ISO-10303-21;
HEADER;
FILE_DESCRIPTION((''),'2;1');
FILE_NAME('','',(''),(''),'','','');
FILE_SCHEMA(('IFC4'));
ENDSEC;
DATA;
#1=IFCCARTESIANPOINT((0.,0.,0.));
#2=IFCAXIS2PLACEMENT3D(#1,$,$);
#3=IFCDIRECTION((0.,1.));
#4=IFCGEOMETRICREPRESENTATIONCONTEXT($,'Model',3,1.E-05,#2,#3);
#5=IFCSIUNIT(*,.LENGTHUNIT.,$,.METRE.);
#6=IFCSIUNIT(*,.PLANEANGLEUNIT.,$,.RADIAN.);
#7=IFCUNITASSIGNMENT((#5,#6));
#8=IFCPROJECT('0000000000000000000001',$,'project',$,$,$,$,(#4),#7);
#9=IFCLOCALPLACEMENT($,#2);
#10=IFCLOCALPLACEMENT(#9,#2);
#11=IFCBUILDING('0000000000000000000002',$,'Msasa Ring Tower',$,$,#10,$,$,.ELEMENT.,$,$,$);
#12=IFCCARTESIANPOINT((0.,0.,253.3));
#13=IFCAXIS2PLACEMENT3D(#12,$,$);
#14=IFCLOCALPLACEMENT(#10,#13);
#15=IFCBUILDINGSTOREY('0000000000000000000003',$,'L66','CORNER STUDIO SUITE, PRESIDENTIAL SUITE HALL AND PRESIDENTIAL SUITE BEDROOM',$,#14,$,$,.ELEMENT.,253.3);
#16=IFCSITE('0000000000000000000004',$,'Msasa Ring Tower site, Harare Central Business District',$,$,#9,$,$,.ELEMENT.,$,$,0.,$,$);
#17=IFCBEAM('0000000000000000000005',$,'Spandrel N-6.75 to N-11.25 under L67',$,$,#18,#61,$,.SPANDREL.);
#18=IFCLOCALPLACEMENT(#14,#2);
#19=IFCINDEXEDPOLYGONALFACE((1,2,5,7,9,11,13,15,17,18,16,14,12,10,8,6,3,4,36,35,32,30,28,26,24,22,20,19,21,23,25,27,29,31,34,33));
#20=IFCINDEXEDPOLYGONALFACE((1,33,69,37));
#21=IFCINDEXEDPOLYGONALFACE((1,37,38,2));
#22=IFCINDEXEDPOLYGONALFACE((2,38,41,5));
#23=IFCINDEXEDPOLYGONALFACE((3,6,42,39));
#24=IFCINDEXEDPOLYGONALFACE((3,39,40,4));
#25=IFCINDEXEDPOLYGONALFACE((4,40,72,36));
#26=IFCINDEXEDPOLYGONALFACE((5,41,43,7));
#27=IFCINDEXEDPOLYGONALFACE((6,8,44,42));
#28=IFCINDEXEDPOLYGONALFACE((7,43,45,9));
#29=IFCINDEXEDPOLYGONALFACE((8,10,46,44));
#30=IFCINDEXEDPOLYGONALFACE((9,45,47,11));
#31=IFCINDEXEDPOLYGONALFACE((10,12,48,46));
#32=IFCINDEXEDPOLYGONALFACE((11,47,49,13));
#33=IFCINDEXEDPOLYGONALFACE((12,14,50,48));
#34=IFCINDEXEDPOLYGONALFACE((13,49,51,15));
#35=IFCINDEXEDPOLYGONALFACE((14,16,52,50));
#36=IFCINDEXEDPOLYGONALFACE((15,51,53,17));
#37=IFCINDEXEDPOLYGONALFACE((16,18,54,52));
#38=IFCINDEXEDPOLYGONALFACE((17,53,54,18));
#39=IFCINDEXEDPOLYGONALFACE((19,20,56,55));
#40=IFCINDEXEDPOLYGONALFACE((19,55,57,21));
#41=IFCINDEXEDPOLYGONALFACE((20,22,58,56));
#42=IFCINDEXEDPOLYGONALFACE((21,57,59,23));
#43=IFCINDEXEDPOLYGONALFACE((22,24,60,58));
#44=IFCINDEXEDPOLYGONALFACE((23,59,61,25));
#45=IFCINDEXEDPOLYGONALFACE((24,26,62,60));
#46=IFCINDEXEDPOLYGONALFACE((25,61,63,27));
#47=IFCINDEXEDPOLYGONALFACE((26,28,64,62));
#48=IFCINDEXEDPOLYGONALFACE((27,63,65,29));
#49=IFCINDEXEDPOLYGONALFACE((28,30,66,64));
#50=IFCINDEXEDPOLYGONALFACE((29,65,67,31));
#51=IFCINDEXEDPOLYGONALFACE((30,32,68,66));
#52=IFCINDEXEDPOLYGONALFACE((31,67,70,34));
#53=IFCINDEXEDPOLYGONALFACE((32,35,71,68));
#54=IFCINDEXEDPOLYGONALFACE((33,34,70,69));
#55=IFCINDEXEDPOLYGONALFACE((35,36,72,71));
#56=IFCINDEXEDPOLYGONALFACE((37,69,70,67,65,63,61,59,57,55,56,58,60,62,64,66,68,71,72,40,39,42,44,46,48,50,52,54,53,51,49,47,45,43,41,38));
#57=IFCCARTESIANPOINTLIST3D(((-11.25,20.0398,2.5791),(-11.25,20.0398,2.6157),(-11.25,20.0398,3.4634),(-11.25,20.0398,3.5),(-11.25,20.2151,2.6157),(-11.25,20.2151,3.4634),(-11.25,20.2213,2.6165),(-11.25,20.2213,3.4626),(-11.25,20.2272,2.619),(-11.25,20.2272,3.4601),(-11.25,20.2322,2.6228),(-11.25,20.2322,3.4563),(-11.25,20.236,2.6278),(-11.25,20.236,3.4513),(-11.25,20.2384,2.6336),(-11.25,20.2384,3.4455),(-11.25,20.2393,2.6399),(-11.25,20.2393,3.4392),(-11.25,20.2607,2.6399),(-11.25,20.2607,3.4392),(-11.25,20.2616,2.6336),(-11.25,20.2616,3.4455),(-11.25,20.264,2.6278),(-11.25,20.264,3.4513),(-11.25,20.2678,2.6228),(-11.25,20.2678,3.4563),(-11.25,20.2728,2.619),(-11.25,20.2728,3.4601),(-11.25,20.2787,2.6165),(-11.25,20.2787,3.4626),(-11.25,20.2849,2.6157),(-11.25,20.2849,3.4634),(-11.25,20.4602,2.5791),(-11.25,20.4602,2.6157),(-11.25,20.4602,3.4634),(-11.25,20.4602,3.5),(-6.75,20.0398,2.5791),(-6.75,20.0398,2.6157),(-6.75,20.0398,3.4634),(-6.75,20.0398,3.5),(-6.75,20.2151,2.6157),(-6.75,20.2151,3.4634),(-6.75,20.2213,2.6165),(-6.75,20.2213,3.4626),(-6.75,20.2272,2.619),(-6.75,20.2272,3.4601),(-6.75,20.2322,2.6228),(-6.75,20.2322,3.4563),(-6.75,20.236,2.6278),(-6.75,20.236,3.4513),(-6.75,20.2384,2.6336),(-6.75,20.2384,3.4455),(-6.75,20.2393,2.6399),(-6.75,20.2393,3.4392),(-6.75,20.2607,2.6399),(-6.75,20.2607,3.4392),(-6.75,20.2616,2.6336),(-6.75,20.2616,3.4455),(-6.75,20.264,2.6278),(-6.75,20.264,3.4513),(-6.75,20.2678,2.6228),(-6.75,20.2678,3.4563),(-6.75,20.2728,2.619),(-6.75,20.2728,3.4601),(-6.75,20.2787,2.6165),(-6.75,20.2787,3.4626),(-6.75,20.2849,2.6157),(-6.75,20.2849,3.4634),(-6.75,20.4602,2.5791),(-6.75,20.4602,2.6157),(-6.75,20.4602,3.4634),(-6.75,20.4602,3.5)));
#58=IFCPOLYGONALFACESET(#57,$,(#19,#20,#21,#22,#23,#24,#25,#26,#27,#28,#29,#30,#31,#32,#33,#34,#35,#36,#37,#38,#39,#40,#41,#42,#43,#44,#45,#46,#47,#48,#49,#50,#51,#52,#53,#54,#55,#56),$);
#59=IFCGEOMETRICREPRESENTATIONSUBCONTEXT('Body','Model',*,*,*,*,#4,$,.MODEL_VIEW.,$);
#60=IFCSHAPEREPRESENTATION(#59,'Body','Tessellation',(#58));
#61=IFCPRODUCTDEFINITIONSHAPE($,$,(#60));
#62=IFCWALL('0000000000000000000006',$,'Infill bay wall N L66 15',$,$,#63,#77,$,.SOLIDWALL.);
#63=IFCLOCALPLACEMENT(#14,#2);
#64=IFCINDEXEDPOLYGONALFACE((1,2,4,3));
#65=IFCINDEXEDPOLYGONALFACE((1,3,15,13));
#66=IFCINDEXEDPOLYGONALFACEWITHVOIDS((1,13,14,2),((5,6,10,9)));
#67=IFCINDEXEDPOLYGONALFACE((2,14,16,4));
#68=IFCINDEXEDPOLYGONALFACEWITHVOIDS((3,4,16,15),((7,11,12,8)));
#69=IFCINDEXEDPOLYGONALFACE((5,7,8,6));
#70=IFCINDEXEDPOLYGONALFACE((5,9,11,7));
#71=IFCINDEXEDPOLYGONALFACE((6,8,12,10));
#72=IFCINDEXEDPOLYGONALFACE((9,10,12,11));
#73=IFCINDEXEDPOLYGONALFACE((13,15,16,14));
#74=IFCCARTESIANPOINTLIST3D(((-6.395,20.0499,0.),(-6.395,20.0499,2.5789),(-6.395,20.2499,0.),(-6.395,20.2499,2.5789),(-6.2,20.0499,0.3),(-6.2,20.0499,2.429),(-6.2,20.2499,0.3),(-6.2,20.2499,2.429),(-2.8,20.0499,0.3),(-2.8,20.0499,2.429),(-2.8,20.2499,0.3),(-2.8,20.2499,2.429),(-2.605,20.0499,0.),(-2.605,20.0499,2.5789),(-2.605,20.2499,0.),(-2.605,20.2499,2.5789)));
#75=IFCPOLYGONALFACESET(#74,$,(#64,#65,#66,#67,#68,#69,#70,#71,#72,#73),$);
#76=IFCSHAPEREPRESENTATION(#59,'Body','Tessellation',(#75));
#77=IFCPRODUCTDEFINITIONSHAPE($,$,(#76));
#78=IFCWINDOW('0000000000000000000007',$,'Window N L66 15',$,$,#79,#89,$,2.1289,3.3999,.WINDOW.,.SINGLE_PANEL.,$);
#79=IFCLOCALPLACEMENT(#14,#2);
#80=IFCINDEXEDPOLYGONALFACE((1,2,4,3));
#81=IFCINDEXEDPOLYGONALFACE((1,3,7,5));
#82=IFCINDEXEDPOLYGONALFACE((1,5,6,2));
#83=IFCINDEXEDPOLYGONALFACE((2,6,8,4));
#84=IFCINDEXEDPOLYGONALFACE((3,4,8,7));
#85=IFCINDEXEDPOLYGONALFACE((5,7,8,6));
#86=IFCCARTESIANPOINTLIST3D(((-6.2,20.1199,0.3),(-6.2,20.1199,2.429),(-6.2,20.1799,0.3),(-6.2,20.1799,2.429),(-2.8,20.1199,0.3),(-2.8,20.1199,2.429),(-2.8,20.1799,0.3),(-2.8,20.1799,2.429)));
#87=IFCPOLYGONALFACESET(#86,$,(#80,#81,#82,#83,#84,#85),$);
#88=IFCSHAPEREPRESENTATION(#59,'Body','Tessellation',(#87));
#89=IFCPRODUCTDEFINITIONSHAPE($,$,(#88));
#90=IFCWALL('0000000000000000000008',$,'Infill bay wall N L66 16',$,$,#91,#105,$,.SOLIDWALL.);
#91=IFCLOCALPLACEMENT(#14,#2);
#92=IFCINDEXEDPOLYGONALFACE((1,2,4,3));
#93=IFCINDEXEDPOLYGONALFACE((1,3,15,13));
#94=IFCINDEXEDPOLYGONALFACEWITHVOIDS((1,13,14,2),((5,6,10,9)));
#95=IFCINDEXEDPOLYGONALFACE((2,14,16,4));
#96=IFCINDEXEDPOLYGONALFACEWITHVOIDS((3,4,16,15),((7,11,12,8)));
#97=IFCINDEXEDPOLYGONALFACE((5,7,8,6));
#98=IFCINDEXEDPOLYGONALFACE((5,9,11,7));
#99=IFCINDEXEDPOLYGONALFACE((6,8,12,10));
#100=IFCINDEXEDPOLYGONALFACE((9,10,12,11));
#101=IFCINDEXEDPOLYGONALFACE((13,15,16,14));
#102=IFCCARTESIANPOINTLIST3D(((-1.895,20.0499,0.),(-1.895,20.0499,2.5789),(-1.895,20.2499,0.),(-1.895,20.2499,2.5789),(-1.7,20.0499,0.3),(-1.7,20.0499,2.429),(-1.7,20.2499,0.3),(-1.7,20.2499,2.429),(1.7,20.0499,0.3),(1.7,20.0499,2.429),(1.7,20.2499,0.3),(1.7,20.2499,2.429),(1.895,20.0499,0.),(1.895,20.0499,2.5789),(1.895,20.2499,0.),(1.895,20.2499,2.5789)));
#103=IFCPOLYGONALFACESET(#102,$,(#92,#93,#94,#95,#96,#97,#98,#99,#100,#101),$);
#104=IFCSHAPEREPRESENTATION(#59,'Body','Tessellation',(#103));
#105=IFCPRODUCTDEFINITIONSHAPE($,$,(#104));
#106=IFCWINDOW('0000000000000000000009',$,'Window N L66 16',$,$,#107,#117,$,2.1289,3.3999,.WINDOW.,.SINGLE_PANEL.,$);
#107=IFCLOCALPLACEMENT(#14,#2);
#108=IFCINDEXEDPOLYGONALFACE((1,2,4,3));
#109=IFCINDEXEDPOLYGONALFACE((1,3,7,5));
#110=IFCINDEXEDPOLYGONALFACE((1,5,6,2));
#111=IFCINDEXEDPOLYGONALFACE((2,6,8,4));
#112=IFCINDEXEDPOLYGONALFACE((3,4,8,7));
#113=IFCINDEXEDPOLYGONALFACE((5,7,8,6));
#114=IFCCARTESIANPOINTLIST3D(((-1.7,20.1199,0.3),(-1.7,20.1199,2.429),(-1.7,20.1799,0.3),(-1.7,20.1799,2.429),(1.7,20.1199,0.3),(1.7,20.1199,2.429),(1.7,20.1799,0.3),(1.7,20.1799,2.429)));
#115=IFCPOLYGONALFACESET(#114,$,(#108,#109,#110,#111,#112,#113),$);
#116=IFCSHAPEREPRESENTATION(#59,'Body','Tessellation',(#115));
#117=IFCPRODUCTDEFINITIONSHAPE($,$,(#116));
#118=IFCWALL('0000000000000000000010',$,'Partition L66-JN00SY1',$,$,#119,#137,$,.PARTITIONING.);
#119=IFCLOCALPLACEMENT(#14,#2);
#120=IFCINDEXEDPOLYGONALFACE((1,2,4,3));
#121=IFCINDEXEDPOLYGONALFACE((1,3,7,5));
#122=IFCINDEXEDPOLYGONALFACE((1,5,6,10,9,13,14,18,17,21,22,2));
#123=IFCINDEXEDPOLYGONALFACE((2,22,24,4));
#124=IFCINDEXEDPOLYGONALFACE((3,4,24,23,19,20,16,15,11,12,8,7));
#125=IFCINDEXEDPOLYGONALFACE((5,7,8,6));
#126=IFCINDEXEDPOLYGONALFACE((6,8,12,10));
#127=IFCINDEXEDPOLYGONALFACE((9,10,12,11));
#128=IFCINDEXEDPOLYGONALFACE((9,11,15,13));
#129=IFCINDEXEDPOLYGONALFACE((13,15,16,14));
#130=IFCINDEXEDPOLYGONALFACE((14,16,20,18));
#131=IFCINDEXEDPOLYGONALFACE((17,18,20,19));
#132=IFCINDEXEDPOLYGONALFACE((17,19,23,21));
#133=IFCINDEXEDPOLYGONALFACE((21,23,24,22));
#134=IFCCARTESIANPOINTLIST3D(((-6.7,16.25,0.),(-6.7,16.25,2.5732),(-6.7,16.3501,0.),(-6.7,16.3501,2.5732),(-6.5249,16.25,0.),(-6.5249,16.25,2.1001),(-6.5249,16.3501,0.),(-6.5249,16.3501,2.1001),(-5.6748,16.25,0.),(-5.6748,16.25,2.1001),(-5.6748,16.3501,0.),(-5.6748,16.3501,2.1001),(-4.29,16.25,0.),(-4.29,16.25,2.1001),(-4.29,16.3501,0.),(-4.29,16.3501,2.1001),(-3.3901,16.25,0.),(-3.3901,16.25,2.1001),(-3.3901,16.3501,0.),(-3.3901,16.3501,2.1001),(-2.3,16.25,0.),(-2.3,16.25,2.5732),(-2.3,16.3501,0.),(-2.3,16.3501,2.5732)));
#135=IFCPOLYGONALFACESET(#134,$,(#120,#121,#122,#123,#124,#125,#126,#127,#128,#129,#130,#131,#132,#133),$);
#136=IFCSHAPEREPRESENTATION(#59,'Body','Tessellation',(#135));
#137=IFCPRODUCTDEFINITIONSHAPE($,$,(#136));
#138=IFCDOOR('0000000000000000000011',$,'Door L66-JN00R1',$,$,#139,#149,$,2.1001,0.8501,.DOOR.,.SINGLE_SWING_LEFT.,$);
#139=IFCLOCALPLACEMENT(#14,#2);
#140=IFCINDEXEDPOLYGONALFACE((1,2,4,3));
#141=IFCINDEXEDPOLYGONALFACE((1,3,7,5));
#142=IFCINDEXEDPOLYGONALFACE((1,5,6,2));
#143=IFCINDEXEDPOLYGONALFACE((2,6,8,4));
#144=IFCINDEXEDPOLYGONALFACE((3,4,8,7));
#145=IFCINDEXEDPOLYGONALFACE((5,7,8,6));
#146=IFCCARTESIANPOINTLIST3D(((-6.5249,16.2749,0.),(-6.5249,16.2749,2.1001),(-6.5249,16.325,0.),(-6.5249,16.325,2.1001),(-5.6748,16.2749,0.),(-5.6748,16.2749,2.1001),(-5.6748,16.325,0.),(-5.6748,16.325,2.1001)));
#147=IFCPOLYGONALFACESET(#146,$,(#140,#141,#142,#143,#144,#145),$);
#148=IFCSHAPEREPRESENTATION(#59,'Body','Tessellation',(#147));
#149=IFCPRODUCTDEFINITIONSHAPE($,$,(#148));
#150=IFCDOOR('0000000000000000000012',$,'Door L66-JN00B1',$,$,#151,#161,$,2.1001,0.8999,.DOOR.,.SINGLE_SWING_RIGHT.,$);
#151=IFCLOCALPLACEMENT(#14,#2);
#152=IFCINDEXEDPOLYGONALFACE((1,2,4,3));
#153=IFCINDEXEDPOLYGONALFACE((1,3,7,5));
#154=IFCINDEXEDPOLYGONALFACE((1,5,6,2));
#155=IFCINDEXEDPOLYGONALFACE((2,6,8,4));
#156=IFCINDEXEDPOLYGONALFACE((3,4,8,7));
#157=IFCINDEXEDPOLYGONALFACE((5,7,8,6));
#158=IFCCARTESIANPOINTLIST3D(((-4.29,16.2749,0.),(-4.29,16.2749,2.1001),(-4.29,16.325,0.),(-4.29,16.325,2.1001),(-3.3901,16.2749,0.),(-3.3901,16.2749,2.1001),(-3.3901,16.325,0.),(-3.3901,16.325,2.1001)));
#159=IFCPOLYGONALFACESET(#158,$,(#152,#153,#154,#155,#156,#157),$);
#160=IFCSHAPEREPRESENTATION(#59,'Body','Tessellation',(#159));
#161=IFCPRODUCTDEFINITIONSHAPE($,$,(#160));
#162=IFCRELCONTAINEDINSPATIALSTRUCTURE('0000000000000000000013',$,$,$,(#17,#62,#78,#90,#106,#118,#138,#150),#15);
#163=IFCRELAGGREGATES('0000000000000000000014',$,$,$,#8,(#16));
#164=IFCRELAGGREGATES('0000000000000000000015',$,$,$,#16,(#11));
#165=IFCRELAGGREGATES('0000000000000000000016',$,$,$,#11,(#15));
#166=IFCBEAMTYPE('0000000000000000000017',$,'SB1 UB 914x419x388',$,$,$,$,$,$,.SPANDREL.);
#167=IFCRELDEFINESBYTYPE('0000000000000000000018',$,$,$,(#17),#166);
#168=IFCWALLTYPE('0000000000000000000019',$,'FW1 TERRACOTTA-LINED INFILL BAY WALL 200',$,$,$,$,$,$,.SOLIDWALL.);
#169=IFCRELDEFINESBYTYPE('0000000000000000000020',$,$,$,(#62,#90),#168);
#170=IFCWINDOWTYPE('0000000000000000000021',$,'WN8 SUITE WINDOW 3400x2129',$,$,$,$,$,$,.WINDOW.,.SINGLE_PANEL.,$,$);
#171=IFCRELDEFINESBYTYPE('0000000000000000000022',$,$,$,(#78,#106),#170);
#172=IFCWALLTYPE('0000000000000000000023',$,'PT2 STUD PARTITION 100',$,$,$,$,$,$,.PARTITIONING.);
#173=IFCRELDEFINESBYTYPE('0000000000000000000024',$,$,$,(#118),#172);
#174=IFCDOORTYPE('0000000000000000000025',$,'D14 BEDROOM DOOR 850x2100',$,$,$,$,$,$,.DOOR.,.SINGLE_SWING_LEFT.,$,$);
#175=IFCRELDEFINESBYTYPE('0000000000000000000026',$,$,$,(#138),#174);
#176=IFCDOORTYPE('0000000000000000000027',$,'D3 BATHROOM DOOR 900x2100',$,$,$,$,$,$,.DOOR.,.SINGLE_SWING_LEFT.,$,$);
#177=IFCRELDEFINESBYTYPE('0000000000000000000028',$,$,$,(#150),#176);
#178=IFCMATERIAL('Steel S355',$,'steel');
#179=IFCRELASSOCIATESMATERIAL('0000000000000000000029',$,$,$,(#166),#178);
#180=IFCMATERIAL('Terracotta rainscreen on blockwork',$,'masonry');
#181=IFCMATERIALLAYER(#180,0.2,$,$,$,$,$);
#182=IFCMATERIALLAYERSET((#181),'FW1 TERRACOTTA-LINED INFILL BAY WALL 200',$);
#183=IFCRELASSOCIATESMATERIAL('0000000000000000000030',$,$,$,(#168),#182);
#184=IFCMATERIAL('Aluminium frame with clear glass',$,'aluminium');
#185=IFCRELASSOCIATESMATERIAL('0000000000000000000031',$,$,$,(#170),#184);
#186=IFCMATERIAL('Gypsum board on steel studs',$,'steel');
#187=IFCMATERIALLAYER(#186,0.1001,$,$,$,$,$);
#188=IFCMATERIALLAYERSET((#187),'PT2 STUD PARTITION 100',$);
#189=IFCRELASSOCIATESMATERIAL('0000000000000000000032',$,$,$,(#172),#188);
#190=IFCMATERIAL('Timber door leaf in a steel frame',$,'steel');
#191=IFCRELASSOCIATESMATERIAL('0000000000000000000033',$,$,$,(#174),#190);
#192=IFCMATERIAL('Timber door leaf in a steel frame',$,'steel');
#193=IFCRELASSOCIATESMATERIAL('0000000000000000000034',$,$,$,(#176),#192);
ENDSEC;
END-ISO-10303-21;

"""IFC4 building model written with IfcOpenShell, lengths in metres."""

from ifc_helpers import new_model, si_unit, direction, frame, frame_2d, origin, origin_2d, place, context, subcontext, project, spatial, rectangle, i_section, extrude, material, layer, layer_set, material_profile, profile_set, type_object, element, fill, save


model = new_model("IFC4")

# Units and contexts
model_context = context("Model", 3, precision=1e-05, world=origin(), true_north=direction((0.0, 1.0)))
body_context = subcontext(model_context, "Body", "Model", "MODEL_VIEW")
ifc_project = project(units=[si_unit("LENGTHUNIT", "METRE"), si_unit("PLANEANGLEUNIT", "RADIAN")], contexts=[model_context])

# Site, building, storey
site_placement = place(None, origin())
site = spatial("IfcSite", under=ifc_project, at=site_placement, Name="Msasa Ring Tower site, Harare Central Business District", CompositionType="ELEMENT", RefElevation=0.0)
building_placement = place(site_placement, origin())
building = spatial("IfcBuilding", under=site, at=building_placement, Name="Msasa Ring Tower", CompositionType="ELEMENT")
storey_placement = place(building_placement, frame((0.0, 0.0, 253.3)))
storey = spatial("IfcBuildingStorey", under=building, at=storey_placement, Name="L66", Description="CORNER STUDIO SUITE, PRESIDENTIAL SUITE HALL AND PRESIDENTIAL SUITE BEDROOM", CompositionType="ELEMENT", Elevation=253.3)

# Beam
ifc_material_1 = material(Name="Steel S355", Category="steel")
ifc_material_profile_1 = material_profile(ifc_material_1, i_section(OverallWidth=0.4204, OverallDepth=0.9209, WebThickness=0.0215, FlangeThickness=0.0366, FilletRadius=0.0242, at=origin_2d()), Name="UB 914x419x388")
ifc_profile_set_1 = profile_set([ifc_material_profile_1], Name="Steel S355")
beam_type_1 = type_object("IfcBeamType", Name="SB1 UB 914x419x388", PredefinedType="SPANDREL", material=ifc_profile_set_1)
for number, where, z_axis, x_axis, name in (
    (1, (-6.75, 20.25, 3.0396), (-1.0, 0.0, 0.0), (0.0, -1.0, 0.0), "Spandrel N-6.75 to N-11.25 under L67"),
):
    element("IfcBeam", number, at=place(storey_placement, frame(where, z_axis=z_axis, x_axis=x_axis)), inside=storey, type_object=beam_type_1, Name=name, PredefinedType="SPANDREL", context=body_context, shape_type="SweptSolid", body=[
        extrude(i_section(OverallWidth=0.4204, OverallDepth=0.9209, WebThickness=0.0215, FlangeThickness=0.0366, FilletRadius=0.0242, at=origin_2d()), origin(), (0.0, 0.0, 1.0), 4.5),
    ])

# Walls, openings, windows
ifc_material_2 = material(Name="Terracotta rainscreen on blockwork", Category="masonry")
ifc_layer_1 = layer(ifc_material_2, 0.2)
ifc_layer_set_1 = layer_set([ifc_layer_1], Name="FW1 TERRACOTTA-LINED INFILL BAY WALL 200")
wall_type_1 = type_object("IfcWallType", Name="FW1 TERRACOTTA-LINED INFILL BAY WALL 200", PredefinedType="SOLIDWALL", material=ifc_layer_set_1)
wall_1_placement = place(storey_placement, frame((-6.395, 20.1499, 0.0), z_axis=(0.0, 0.0, 1.0), x_axis=(1.0, 0.0, 0.0)))
wall_1 = element("IfcWall", 2, at=wall_1_placement, inside=storey, type_object=wall_type_1, Name="Infill bay wall N L66 15", PredefinedType="SOLIDWALL", context=body_context, shape_type="SweptSolid", body=[
    extrude(rectangle(XDim=3.79, YDim=0.2, at=frame_2d((1.895, 0.0))), origin(), (0.0, 0.0, 1.0), 2.5789),
])
opening_1_placement = place(wall_1_placement, frame((0.1951, 0.0, 0.3)))
opening_1 = element("IfcOpeningElement", 3, at=opening_1_placement, cuts=wall_1, PredefinedType="OPENING", context=body_context, shape_type="SweptSolid", body=[
    extrude(rectangle(XDim=3.3999, YDim=2.1289, at=frame_2d((1.7, 1.0645))), frame((0.0, 0.1099, 0.0), z_axis=(0.0, -1.0, 0.0), x_axis=(1.0, 0.0, 0.0)), (0.0, 0.0, 1.0), 0.22),
])
ifc_material_3 = material(Name="Aluminium frame with clear glass", Category="aluminium")
window_type = type_object("IfcWindowType", Name="WN8 SUITE WINDOW 3400x2129", PartitioningType="SINGLE_PANEL", PredefinedType="WINDOW", material=ifc_material_3)
window_1_placement = place(opening_1_placement, origin())
window_1 = element("IfcWindow", 4, at=window_1_placement, inside=storey, type_object=window_type, Name="Window N L66 15", OverallHeight=2.1289, OverallWidth=3.3999, PartitioningType="SINGLE_PANEL", PredefinedType="WINDOW", context=body_context, shape_type="SweptSolid", body=[
    extrude(rectangle(XDim=3.3999, YDim=2.1289, at=frame_2d((1.7, 1.0645))), frame((0.0, 0.03, 0.0), z_axis=(0.0, -1.0, 0.0), x_axis=(1.0, 0.0, 0.0)), (0.0, 0.0, 1.0), 0.0601),
])
fill(opening_1, window_1)
wall_2_placement = place(storey_placement, frame((-1.895, 20.1499, 0.0), z_axis=(0.0, 0.0, 1.0), x_axis=(1.0, 0.0, 0.0)))
wall_2 = element("IfcWall", 5, at=wall_2_placement, inside=storey, type_object=wall_type_1, Name="Infill bay wall N L66 16", PredefinedType="SOLIDWALL", context=body_context, shape_type="SweptSolid", body=[
    extrude(rectangle(XDim=3.79, YDim=0.2, at=frame_2d((1.895, 0.0))), origin(), (0.0, 0.0, 1.0), 2.5789),
])
opening_2_placement = place(wall_2_placement, frame((0.1951, 0.0, 0.3)))
opening_2 = element("IfcOpeningElement", 6, at=opening_2_placement, cuts=wall_2, PredefinedType="OPENING", context=body_context, shape_type="SweptSolid", body=[
    extrude(rectangle(XDim=3.3999, YDim=2.1289, at=frame_2d((1.7, 1.0645))), frame((0.0, 0.1099, 0.0), z_axis=(0.0, -1.0, 0.0), x_axis=(1.0, 0.0, 0.0)), (0.0, 0.0, 1.0), 0.22),
])
window_2_placement = place(opening_2_placement, origin())
window_2 = element("IfcWindow", 7, at=window_2_placement, inside=storey, type_object=window_type, Name="Window N L66 16", OverallHeight=2.1289, OverallWidth=3.3999, PartitioningType="SINGLE_PANEL", PredefinedType="WINDOW", context=body_context, shape_type="SweptSolid", body=[
    extrude(rectangle(XDim=3.3999, YDim=2.1289, at=frame_2d((1.7, 1.0645))), frame((0.0, 0.03, 0.0), z_axis=(0.0, -1.0, 0.0), x_axis=(1.0, 0.0, 0.0)), (0.0, 0.0, 1.0), 0.0601),
])
fill(opening_2, window_2)

# Wall, openings, doors
ifc_material_4 = material(Name="Gypsum board on steel studs", Category="steel")
ifc_layer_2 = layer(ifc_material_4, 0.1001)
ifc_layer_set_2 = layer_set([ifc_layer_2], Name="PT2 STUD PARTITION 100")
wall_type_2 = type_object("IfcWallType", Name="PT2 STUD PARTITION 100", PredefinedType="PARTITIONING", material=ifc_layer_set_2)
wall_3_placement = place(storey_placement, frame((-6.7, 16.3, 0.0), z_axis=(0.0, 0.0, 1.0), x_axis=(1.0, 0.0, 0.0)))
wall_3 = element("IfcWall", 8, at=wall_3_placement, inside=storey, type_object=wall_type_2, Name="Partition L66-JN00SY1", PredefinedType="PARTITIONING", context=body_context, shape_type="SweptSolid", body=[
    extrude(rectangle(XDim=4.3999, YDim=0.1001, at=frame_2d((2.2, 0.0))), origin(), (0.0, 0.0, 1.0), 2.5732),
])
opening_3_placement = place(wall_3_placement, frame((0.175, 0.0, 0.0)))
opening_3 = element("IfcOpeningElement", 9, at=opening_3_placement, cuts=wall_3, PredefinedType="OPENING", context=body_context, shape_type="SweptSolid", body=[
    extrude(rectangle(XDim=0.8501, YDim=2.1001, at=frame_2d((0.425, 1.05))), frame((0.0, 0.0601, 0.0), z_axis=(0.0, -1.0, 0.0), x_axis=(1.0, 0.0, 0.0)), (0.0, 0.0, 1.0), 0.1201),
])
opening_4_placement = place(wall_3_placement, frame((2.4099, 0.0, 0.0)))
opening_4 = element("IfcOpeningElement", 10, at=opening_4_placement, cuts=wall_3, PredefinedType="OPENING", context=body_context, shape_type="SweptSolid", body=[
    extrude(rectangle(XDim=0.8999, YDim=2.1001, at=frame_2d((0.45, 1.05))), frame((0.0, 0.0601, 0.0), z_axis=(0.0, -1.0, 0.0), x_axis=(1.0, 0.0, 0.0)), (0.0, 0.0, 1.0), 0.1201),
])
ifc_material_5 = material(Name="Timber door leaf in a steel frame", Category="steel")
door_type_1 = type_object("IfcDoorType", Name="D14 BEDROOM DOOR 850x2100", OperationType="SINGLE_SWING_LEFT", PredefinedType="DOOR", material=ifc_material_5)
door_1_placement = place(opening_3_placement, origin())
door_1 = element("IfcDoor", 11, at=door_1_placement, inside=storey, type_object=door_type_1, Name="Door L66-JN00R1", OperationType="SINGLE_SWING_LEFT", OverallHeight=2.1001, OverallWidth=0.8501, PredefinedType="DOOR", context=body_context, shape_type="SweptSolid", body=[
    extrude(rectangle(XDim=0.8501, YDim=2.1001, at=frame_2d((0.425, 1.05))), frame((0.0, 0.0249, 0.0), z_axis=(0.0, -1.0, 0.0), x_axis=(1.0, 0.0, 0.0)), (0.0, 0.0, 1.0), 0.05),
])
fill(opening_3, door_1)
ifc_material_6 = material(Name="Timber door leaf in a steel frame", Category="steel")
door_type_2 = type_object("IfcDoorType", Name="D3 BATHROOM DOOR 900x2100", OperationType="SINGLE_SWING_LEFT", PredefinedType="DOOR", material=ifc_material_6)
door_2_placement = place(opening_4_placement, origin())
door_2 = element("IfcDoor", 12, at=door_2_placement, inside=storey, type_object=door_type_2, Name="Door L66-JN00B1", OperationType="SINGLE_SWING_RIGHT", OverallHeight=2.1001, OverallWidth=0.8999, PredefinedType="DOOR", context=body_context, shape_type="SweptSolid", body=[
    extrude(rectangle(XDim=0.8999, YDim=2.1001, at=frame_2d((0.45, 1.05))), frame((0.0, 0.0249, 0.0), z_axis=(0.0, -1.0, 0.0), x_axis=(1.0, 0.0, 0.0)), (0.0, 0.0, 1.0), 0.05),
])
fill(opening_4, door_2)

save(model, "model.ifc")
